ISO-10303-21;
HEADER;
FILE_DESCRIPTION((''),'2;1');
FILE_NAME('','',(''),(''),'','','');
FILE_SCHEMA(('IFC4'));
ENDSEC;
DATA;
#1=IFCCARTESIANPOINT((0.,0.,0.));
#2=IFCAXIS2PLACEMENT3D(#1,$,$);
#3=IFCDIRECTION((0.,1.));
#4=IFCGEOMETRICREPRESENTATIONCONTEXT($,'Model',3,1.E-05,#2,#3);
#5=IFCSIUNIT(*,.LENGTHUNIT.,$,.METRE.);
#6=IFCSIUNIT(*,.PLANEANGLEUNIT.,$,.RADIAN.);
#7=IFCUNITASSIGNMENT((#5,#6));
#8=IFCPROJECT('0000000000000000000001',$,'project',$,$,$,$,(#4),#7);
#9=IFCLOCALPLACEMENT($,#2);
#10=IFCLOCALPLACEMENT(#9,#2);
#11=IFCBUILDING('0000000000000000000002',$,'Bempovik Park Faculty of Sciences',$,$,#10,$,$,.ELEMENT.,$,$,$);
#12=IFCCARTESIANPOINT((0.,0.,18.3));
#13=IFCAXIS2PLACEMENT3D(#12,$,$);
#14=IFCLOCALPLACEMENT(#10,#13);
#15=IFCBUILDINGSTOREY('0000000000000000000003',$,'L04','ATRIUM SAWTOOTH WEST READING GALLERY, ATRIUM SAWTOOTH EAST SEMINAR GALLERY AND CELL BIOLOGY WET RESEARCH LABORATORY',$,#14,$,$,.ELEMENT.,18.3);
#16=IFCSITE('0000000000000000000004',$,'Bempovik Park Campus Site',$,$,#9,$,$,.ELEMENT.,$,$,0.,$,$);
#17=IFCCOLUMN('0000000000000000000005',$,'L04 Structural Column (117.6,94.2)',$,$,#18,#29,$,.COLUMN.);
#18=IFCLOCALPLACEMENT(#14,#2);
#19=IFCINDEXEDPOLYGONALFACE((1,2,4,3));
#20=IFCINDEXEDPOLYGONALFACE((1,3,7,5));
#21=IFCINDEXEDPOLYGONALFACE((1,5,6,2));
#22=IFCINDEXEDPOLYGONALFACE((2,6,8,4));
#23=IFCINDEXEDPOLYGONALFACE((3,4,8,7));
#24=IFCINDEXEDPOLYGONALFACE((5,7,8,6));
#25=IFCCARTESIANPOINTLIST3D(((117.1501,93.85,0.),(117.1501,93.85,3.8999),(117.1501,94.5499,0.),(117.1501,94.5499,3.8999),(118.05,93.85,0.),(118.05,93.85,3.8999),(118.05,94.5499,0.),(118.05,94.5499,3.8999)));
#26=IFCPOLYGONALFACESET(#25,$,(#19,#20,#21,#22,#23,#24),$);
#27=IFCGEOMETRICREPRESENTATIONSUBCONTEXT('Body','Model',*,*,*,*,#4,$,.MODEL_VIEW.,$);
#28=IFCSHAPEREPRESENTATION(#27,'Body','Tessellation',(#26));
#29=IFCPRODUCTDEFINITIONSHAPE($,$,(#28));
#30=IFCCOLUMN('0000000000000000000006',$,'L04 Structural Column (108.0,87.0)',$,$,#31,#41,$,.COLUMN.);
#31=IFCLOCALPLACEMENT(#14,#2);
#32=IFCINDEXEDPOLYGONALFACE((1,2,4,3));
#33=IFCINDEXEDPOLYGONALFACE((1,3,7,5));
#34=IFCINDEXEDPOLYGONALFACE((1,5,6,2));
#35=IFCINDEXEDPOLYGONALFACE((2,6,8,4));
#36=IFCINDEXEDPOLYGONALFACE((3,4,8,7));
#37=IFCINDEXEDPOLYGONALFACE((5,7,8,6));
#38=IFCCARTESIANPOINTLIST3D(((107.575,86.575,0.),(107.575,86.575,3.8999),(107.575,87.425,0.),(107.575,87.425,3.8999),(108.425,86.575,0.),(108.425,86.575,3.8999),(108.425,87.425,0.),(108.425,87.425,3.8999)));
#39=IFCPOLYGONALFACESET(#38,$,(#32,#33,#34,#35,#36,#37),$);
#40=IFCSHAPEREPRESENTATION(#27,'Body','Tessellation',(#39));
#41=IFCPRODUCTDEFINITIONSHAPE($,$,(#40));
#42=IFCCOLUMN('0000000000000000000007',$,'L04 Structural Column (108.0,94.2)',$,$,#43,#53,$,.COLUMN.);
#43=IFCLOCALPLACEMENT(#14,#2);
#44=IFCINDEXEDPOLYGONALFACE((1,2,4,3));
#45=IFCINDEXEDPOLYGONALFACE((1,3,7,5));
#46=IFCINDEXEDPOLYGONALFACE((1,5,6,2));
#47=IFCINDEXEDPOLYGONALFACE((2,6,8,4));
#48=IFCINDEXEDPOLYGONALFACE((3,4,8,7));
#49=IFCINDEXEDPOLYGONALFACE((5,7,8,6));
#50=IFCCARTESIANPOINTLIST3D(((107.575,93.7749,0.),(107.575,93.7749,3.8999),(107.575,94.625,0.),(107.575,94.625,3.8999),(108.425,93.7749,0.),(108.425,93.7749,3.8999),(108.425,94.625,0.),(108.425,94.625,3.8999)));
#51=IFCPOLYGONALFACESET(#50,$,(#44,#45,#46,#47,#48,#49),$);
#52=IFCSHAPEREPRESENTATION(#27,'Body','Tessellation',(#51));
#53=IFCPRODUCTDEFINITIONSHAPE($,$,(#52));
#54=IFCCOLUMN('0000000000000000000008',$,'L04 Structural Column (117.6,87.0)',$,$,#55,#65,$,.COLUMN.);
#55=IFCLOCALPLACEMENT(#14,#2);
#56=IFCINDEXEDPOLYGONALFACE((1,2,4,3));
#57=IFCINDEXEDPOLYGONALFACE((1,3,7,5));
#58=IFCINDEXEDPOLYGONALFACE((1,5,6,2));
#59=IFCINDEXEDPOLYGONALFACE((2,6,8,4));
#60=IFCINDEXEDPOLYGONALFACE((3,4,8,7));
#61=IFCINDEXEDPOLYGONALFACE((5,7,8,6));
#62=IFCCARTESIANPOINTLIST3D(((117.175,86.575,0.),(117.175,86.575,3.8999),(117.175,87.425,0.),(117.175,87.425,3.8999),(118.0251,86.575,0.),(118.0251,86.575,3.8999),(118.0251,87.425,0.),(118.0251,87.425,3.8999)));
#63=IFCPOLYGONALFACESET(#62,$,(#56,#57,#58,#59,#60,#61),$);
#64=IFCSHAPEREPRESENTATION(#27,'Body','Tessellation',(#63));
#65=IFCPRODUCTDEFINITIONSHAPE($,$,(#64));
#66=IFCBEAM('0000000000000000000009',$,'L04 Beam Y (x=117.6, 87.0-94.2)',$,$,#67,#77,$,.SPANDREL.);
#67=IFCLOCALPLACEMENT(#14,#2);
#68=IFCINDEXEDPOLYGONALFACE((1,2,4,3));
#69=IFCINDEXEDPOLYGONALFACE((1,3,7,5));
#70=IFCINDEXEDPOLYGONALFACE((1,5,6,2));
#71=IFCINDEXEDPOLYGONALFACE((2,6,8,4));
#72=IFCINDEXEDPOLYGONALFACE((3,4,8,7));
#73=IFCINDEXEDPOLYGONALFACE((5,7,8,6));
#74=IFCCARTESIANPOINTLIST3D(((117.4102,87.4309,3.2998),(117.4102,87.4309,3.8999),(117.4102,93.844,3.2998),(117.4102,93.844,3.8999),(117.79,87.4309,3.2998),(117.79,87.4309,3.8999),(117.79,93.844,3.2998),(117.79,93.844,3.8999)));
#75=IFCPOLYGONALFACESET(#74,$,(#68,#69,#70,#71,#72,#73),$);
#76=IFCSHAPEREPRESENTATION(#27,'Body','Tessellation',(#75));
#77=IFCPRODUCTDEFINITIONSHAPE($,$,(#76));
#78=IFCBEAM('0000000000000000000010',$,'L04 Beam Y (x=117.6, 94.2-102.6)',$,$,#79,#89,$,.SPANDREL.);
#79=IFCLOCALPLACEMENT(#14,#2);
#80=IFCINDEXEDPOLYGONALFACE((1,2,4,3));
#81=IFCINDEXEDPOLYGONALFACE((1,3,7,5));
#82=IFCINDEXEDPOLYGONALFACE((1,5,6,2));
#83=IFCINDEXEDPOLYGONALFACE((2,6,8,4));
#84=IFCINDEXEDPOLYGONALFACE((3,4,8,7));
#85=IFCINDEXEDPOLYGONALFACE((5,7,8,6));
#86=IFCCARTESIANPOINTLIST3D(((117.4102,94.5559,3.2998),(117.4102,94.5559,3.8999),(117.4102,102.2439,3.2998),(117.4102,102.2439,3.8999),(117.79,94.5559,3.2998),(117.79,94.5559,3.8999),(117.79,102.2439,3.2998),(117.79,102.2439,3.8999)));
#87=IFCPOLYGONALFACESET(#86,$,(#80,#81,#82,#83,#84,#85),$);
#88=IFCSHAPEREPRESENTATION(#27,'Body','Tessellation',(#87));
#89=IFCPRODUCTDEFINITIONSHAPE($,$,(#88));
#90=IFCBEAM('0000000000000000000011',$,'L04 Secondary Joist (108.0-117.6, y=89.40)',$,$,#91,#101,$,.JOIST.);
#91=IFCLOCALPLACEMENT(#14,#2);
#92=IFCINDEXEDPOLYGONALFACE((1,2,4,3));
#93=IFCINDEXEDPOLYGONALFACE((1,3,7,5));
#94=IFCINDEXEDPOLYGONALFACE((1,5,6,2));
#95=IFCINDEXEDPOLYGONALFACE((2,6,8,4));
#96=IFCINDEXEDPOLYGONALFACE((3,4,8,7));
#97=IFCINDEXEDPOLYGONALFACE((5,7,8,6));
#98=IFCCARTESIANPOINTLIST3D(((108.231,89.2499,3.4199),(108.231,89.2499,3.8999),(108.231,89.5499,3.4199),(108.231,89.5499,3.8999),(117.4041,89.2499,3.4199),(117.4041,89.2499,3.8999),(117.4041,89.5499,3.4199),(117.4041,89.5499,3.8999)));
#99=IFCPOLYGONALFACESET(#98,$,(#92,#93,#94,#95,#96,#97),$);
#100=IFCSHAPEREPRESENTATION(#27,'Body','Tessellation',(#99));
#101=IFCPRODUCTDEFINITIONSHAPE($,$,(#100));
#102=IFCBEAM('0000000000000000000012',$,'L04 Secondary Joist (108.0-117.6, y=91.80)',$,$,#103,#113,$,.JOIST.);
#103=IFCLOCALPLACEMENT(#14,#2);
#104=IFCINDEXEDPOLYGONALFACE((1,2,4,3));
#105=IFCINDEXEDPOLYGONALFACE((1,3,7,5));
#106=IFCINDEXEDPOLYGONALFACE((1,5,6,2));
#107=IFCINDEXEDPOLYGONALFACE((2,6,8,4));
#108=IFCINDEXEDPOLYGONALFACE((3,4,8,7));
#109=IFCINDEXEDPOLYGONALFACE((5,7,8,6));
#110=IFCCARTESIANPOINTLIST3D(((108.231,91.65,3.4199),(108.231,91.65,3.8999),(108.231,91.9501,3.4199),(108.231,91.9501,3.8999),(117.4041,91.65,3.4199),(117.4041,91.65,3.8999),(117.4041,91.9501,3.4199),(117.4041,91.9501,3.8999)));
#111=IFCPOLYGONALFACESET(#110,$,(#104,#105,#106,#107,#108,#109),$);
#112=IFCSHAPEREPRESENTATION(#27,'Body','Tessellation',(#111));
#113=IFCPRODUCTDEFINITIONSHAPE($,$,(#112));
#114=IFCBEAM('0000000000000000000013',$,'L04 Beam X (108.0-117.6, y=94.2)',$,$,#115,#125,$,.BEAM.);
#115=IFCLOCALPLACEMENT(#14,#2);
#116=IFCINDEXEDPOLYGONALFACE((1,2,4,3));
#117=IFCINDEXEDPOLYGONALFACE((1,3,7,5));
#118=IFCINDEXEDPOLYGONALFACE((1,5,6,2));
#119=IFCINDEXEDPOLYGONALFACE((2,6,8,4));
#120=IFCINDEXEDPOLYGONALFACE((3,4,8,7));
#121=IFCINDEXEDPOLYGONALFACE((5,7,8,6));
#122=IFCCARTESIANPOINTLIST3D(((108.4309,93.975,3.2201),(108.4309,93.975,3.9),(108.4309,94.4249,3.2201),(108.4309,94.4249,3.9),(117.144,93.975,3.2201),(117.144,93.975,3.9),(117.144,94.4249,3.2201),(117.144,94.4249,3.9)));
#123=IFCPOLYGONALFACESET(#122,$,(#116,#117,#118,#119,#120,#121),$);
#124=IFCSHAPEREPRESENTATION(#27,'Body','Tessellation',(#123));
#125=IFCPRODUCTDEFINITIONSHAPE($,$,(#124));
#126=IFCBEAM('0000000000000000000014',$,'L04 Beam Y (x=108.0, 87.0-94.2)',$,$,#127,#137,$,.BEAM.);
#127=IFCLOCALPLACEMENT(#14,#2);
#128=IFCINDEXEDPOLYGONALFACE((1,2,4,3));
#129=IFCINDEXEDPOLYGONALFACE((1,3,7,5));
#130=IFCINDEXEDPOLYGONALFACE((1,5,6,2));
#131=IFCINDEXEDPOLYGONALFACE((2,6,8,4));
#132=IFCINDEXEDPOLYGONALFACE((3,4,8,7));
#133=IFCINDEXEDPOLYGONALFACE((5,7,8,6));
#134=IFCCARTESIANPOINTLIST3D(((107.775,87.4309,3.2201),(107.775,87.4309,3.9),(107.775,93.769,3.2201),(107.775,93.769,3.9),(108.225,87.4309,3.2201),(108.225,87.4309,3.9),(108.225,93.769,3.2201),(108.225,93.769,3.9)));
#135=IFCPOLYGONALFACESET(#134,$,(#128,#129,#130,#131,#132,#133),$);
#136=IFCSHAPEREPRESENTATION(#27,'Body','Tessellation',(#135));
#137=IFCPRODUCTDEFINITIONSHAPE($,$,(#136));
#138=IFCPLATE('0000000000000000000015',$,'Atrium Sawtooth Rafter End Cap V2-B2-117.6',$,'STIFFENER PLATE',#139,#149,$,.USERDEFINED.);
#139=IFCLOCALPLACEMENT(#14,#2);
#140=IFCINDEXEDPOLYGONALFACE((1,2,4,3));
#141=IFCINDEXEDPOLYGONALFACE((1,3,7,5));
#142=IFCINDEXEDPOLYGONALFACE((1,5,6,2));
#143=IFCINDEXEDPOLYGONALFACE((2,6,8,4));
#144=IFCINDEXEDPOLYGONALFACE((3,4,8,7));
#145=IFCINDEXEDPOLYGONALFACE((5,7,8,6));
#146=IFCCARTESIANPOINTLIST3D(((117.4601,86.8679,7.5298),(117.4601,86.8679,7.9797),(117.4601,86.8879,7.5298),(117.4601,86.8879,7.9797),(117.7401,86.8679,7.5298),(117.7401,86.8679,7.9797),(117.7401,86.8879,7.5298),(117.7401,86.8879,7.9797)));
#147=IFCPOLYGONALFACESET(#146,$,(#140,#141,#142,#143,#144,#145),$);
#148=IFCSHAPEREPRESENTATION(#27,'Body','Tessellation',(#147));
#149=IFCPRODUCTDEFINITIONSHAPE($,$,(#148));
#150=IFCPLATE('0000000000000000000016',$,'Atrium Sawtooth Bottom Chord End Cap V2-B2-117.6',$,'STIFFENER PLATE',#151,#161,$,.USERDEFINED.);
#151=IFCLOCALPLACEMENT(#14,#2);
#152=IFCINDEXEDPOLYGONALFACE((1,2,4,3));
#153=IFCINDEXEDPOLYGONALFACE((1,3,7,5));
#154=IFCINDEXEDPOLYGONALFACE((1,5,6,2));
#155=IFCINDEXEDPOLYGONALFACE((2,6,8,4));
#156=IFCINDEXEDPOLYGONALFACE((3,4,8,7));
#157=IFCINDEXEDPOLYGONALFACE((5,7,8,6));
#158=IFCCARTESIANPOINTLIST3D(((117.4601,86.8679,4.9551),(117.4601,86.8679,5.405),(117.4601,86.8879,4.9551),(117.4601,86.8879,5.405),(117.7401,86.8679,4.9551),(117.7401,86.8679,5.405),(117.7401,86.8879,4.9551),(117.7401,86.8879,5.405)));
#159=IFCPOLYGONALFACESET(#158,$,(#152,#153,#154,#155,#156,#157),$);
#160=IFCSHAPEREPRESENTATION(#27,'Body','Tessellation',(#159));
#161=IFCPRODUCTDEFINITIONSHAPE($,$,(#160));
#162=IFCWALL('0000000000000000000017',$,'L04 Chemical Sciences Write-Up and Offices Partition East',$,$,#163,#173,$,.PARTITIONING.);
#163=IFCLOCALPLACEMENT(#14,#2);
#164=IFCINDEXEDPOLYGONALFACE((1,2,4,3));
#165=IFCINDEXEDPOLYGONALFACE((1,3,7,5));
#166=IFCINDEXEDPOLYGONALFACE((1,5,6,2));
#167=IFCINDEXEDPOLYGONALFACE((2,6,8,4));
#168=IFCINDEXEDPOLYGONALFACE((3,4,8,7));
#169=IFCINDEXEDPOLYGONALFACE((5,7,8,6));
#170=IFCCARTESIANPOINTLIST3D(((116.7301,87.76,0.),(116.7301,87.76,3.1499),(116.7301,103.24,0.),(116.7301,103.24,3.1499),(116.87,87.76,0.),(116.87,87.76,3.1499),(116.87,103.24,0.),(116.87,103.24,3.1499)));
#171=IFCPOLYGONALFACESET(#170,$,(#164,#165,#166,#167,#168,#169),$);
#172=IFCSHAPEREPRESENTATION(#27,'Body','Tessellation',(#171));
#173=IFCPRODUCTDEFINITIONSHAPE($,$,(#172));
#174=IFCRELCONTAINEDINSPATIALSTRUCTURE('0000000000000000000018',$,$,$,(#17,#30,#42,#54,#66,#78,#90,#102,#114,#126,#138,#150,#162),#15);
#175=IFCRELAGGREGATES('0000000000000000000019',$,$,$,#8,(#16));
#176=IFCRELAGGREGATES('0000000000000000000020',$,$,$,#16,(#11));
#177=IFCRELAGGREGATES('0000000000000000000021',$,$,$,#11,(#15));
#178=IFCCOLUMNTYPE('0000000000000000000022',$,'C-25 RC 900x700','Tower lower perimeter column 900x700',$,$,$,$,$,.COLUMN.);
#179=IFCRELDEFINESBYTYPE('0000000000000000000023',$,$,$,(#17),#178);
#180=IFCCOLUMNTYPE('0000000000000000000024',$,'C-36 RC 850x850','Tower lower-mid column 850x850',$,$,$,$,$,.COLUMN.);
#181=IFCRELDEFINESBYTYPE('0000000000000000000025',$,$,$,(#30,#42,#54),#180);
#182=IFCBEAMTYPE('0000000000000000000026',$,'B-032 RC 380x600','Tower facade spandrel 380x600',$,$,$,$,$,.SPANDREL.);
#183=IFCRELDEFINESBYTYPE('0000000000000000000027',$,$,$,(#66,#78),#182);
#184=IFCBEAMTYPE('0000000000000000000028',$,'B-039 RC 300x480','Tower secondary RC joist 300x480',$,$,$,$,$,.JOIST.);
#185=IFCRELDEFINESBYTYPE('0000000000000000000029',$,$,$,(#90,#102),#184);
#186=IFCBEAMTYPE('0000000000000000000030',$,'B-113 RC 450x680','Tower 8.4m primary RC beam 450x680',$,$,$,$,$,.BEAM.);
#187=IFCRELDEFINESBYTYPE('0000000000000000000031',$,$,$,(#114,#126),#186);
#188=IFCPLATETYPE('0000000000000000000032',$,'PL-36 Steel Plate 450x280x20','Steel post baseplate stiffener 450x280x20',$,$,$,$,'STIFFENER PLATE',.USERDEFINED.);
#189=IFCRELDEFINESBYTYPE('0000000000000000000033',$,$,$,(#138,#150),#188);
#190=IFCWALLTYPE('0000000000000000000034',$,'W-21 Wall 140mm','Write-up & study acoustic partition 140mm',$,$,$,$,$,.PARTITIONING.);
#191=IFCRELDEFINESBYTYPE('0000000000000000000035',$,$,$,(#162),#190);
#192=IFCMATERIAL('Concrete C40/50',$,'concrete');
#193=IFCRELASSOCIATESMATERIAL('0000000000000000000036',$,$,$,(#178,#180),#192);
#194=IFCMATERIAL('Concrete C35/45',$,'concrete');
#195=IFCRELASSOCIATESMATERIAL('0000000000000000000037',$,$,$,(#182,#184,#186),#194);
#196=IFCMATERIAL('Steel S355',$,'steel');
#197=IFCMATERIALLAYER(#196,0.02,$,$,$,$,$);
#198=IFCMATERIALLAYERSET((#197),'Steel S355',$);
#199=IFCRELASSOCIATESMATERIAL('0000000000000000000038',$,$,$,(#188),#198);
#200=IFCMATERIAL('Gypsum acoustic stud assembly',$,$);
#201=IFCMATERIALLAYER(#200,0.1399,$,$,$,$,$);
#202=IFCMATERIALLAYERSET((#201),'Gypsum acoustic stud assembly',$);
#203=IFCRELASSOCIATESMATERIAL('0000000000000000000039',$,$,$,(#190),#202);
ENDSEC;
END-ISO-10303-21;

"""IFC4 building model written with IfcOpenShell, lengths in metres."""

from ifc_helpers import new_model, si_unit, direction, frame, frame_2d, origin, origin_2d, place, context, subcontext, project, spatial, rectangle, extrude, material, layer, layer_set, material_profile, profile_set, type_object, element, save


model = new_model("IFC4")

# Units and contexts
model_context = context("Model", 3, precision=1e-05, world=origin(), true_north=direction((0.0, 1.0)))
body_context = subcontext(model_context, "Body", "Model", "MODEL_VIEW")
ifc_project = project(units=[si_unit("LENGTHUNIT", "METRE"), si_unit("PLANEANGLEUNIT", "RADIAN")], contexts=[model_context])

# Site, building, storey
site_placement = place(None, origin())
site = spatial("IfcSite", under=ifc_project, at=site_placement, Name="Bempovik Park Campus Site", CompositionType="ELEMENT", RefElevation=0.0)
building_placement = place(site_placement, origin())
building = spatial("IfcBuilding", under=site, at=building_placement, Name="Bempovik Park Faculty of Sciences", CompositionType="ELEMENT")
storey_placement = place(building_placement, frame((0.0, 0.0, 18.3)))
storey = spatial("IfcBuildingStorey", under=building, at=storey_placement, Name="L04", Description="ATRIUM SAWTOOTH WEST READING GALLERY, ATRIUM SAWTOOTH EAST SEMINAR GALLERY AND CELL BIOLOGY WET RESEARCH LABORATORY", CompositionType="ELEMENT", Elevation=18.3)

# Columns
ifc_material_1 = material(Name="Concrete C40/50", Category="concrete")
ifc_material_profile_1 = material_profile(ifc_material_1, rectangle(XDim=0.8999, YDim=0.7, at=origin_2d()), Name="RC 900x700")
ifc_profile_set_1 = profile_set([ifc_material_profile_1], Name="Concrete C40/50")
column_type_1 = type_object("IfcColumnType", Name="C-25 RC 900x700", Description="Tower lower perimeter column 900x700", PredefinedType="COLUMN", material=ifc_profile_set_1)
column_placement = place(storey_placement, frame((117.6001, 94.2, 0.0), z_axis=(0.0, 0.0, 1.0), x_axis=(1.0, 0.0, 0.0)))
element("IfcColumn", 1, at=column_placement, inside=storey, type_object=column_type_1, Name="L04 Structural Column (117.6,94.2)", PredefinedType="COLUMN", context=body_context, shape_type="SweptSolid", body=[
    extrude(rectangle(XDim=0.8999, YDim=0.7, at=origin_2d()), origin(), (0.0, 0.0, 1.0), 3.8999),
])
ifc_material_profile_2 = material_profile(ifc_material_1, rectangle(XDim=0.8501, YDim=0.8501, at=origin_2d()), Name="RC 850x850")
ifc_profile_set_2 = profile_set([ifc_material_profile_2], Name="Concrete C40/50")
column_type_2 = type_object("IfcColumnType", Name="C-36 RC 850x850", Description="Tower lower-mid column 850x850", PredefinedType="COLUMN", material=ifc_profile_set_2)
for number, where, z_axis, x_axis, name in (
    (2, (108.0, 87.0, 0.0), (0.0, 0.0, 1.0), (1.0, 0.0, 0.0), "L04 Structural Column (108.0,87.0)"),
    (3, (108.0, 94.2, 0.0), (0.0, 0.0, 1.0), (1.0, 0.0, 0.0), "L04 Structural Column (108.0,94.2)"),
    (4, (117.6001, 87.0, 0.0), (0.0, 0.0, 1.0), (1.0, 0.0, 0.0), "L04 Structural Column (117.6,87.0)"),
):
    element("IfcColumn", number, at=place(storey_placement, frame(where, z_axis=z_axis, x_axis=x_axis)), inside=storey, type_object=column_type_2, Name=name, PredefinedType="COLUMN", context=body_context, shape_type="SweptSolid", body=[
        extrude(rectangle(XDim=0.8501, YDim=0.8501, at=origin_2d()), origin(), (0.0, 0.0, 1.0), 3.8999),
    ])

# Beams
ifc_material_2 = material(Name="Concrete C35/45", Category="concrete")
ifc_material_profile_3 = material_profile(ifc_material_2, rectangle(XDim=0.3799, YDim=0.6001, at=origin_2d()), Name="RC 380x600")
ifc_profile_set_3 = profile_set([ifc_material_profile_3], Name="Concrete C35/45")
beam_type_1 = type_object("IfcBeamType", Name="B-032 RC 380x600", Description="Tower facade spandrel 380x600", PredefinedType="SPANDREL", material=ifc_profile_set_3)
beam_1_placement = place(storey_placement, frame((117.6001, 87.4309, 3.5999), z_axis=(0.0, 1.0, 0.0), x_axis=(-1.0, 0.0, 0.0)))
element("IfcBeam", 5, at=beam_1_placement, inside=storey, type_object=beam_type_1, Name="L04 Beam Y (x=117.6, 87.0-94.2)", PredefinedType="SPANDREL", context=body_context, shape_type="SweptSolid", body=[
    extrude(rectangle(XDim=0.3799, YDim=0.6001, at=origin_2d()), origin(), (0.0, 0.0, 1.0), 6.4131),
])
beam_2_placement = place(storey_placement, frame((117.6001, 94.5559, 3.5999), z_axis=(0.0, 1.0, 0.0), x_axis=(-1.0, 0.0, 0.0)))
element("IfcBeam", 6, at=beam_2_placement, inside=storey, type_object=beam_type_1, Name="L04 Beam Y (x=117.6, 94.2-102.6)", PredefinedType="SPANDREL", context=body_context, shape_type="SweptSolid", body=[
    extrude(rectangle(XDim=0.3799, YDim=0.6001, at=origin_2d()), origin(), (0.0, 0.0, 1.0), 7.688),
])
ifc_material_profile_4 = material_profile(ifc_material_2, rectangle(XDim=0.3, YDim=0.48, at=origin_2d()), Name="RC 300x480")
ifc_profile_set_4 = profile_set([ifc_material_profile_4], Name="Concrete C35/45")
beam_type_2 = type_object("IfcBeamType", Name="B-039 RC 300x480", Description="Tower secondary RC joist 300x480", PredefinedType="JOIST", material=ifc_profile_set_4)
for number, where, z_axis, x_axis, name in (
    (7, (108.231, 89.3999, 3.6599), (1.0, 0.0, 0.0), (0.0, 1.0, 0.0), "L04 Secondary Joist (108.0-117.6, y=89.40)"),
    (8, (108.231, 91.8, 3.6599), (1.0, 0.0, 0.0), (0.0, 1.0, 0.0), "L04 Secondary Joist (108.0-117.6, y=91.80)"),
):
    element("IfcBeam", number, at=place(storey_placement, frame(where, z_axis=z_axis, x_axis=x_axis)), inside=storey, type_object=beam_type_2, Name=name, PredefinedType="JOIST", context=body_context, shape_type="SweptSolid", body=[
        extrude(rectangle(XDim=0.3, YDim=0.48, at=origin_2d()), origin(), (0.0, 0.0, 1.0), 9.1731),
    ])
ifc_material_profile_5 = material_profile(ifc_material_2, rectangle(XDim=0.45, YDim=0.6799, at=origin_2d()), Name="RC 450x680")
ifc_profile_set_5 = profile_set([ifc_material_profile_5], Name="Concrete C35/45")
beam_type_3 = type_object("IfcBeamType", Name="B-113 RC 450x680", Description="Tower 8.4m primary RC beam 450x680", PredefinedType="BEAM", material=ifc_profile_set_5)
beam_3_placement = place(storey_placement, frame((108.4309, 94.2, 3.5601), z_axis=(1.0, 0.0, 0.0), x_axis=(0.0, 1.0, 0.0)))
element("IfcBeam", 9, at=beam_3_placement, inside=storey, type_object=beam_type_3, Name="L04 Beam X (108.0-117.6, y=94.2)", PredefinedType="BEAM", context=body_context, shape_type="SweptSolid", body=[
    extrude(rectangle(XDim=0.45, YDim=0.6799, at=origin_2d()), origin(), (0.0, 0.0, 1.0), 8.7131),
])
beam_4_placement = place(storey_placement, frame((108.0, 87.4309, 3.5601), z_axis=(0.0, 1.0, 0.0), x_axis=(-1.0, 0.0, 0.0)))
element("IfcBeam", 10, at=beam_4_placement, inside=storey, type_object=beam_type_3, Name="L04 Beam Y (x=108.0, 87.0-94.2)", PredefinedType="BEAM", context=body_context, shape_type="SweptSolid", body=[
    extrude(rectangle(XDim=0.45, YDim=0.6799, at=origin_2d()), origin(), (0.0, 0.0, 1.0), 6.3381),
])

# Plates
ifc_material_3 = material(Name="Steel S355", Category="steel")
ifc_layer_1 = layer(ifc_material_3, 0.02)
ifc_layer_set_1 = layer_set([ifc_layer_1], Name="Steel S355")
plate_type = type_object("IfcPlateType", Name="PL-36 Steel Plate 450x280x20", Description="Steel post baseplate stiffener 450x280x20", ElementType="STIFFENER PLATE", PredefinedType="USERDEFINED", material=ifc_layer_set_1)
for number, where, z_axis, x_axis, name in (
    (11, (117.6001, 86.8779, 7.5298), (0.0, 0.0, 1.0), (1.0, 0.0, 0.0), "Atrium Sawtooth Rafter End Cap V2-B2-117.6"),
    (12, (117.6001, 86.8779, 4.9551), (0.0, 0.0, 1.0), (1.0, 0.0, 0.0), "Atrium Sawtooth Bottom Chord End Cap V2-B2-117.6"),
):
    element("IfcPlate", number, at=place(storey_placement, frame(where, z_axis=z_axis, x_axis=x_axis)), inside=storey, type_object=plate_type, Name=name, ObjectType="STIFFENER PLATE", PredefinedType="USERDEFINED", context=body_context, shape_type="SweptSolid", body=[
        extrude(rectangle(XDim=0.28, YDim=0.02, at=origin_2d()), origin(), (0.0, 0.0, 1.0), 0.45),
    ])

# Wall
ifc_material_4 = material(Name="Gypsum acoustic stud assembly")
ifc_layer_2 = layer(ifc_material_4, 0.1399)
ifc_layer_set_2 = layer_set([ifc_layer_2], Name="Gypsum acoustic stud assembly")
wall_type_1 = type_object("IfcWallType", Name="W-21 Wall 140mm", Description="Write-up & study acoustic partition 140mm", PredefinedType="PARTITIONING", material=ifc_layer_set_2)
wall_1_placement = place(storey_placement, frame((116.8, 87.76, 0.0), z_axis=(0.0, 0.0, 1.0), x_axis=(0.0, 1.0, 0.0)))
element("IfcWall", 13, at=wall_1_placement, inside=storey, type_object=wall_type_1, Name="L04 Chemical Sciences Write-Up and Offices Partition East", PredefinedType="PARTITIONING", context=body_context, shape_type="SweptSolid", body=[
    extrude(rectangle(XDim=15.48, YDim=0.1399, at=frame_2d((7.74, 0.0))), origin(), (0.0, 0.0, 1.0), 3.1499),
])

save(model, "model.ifc")
